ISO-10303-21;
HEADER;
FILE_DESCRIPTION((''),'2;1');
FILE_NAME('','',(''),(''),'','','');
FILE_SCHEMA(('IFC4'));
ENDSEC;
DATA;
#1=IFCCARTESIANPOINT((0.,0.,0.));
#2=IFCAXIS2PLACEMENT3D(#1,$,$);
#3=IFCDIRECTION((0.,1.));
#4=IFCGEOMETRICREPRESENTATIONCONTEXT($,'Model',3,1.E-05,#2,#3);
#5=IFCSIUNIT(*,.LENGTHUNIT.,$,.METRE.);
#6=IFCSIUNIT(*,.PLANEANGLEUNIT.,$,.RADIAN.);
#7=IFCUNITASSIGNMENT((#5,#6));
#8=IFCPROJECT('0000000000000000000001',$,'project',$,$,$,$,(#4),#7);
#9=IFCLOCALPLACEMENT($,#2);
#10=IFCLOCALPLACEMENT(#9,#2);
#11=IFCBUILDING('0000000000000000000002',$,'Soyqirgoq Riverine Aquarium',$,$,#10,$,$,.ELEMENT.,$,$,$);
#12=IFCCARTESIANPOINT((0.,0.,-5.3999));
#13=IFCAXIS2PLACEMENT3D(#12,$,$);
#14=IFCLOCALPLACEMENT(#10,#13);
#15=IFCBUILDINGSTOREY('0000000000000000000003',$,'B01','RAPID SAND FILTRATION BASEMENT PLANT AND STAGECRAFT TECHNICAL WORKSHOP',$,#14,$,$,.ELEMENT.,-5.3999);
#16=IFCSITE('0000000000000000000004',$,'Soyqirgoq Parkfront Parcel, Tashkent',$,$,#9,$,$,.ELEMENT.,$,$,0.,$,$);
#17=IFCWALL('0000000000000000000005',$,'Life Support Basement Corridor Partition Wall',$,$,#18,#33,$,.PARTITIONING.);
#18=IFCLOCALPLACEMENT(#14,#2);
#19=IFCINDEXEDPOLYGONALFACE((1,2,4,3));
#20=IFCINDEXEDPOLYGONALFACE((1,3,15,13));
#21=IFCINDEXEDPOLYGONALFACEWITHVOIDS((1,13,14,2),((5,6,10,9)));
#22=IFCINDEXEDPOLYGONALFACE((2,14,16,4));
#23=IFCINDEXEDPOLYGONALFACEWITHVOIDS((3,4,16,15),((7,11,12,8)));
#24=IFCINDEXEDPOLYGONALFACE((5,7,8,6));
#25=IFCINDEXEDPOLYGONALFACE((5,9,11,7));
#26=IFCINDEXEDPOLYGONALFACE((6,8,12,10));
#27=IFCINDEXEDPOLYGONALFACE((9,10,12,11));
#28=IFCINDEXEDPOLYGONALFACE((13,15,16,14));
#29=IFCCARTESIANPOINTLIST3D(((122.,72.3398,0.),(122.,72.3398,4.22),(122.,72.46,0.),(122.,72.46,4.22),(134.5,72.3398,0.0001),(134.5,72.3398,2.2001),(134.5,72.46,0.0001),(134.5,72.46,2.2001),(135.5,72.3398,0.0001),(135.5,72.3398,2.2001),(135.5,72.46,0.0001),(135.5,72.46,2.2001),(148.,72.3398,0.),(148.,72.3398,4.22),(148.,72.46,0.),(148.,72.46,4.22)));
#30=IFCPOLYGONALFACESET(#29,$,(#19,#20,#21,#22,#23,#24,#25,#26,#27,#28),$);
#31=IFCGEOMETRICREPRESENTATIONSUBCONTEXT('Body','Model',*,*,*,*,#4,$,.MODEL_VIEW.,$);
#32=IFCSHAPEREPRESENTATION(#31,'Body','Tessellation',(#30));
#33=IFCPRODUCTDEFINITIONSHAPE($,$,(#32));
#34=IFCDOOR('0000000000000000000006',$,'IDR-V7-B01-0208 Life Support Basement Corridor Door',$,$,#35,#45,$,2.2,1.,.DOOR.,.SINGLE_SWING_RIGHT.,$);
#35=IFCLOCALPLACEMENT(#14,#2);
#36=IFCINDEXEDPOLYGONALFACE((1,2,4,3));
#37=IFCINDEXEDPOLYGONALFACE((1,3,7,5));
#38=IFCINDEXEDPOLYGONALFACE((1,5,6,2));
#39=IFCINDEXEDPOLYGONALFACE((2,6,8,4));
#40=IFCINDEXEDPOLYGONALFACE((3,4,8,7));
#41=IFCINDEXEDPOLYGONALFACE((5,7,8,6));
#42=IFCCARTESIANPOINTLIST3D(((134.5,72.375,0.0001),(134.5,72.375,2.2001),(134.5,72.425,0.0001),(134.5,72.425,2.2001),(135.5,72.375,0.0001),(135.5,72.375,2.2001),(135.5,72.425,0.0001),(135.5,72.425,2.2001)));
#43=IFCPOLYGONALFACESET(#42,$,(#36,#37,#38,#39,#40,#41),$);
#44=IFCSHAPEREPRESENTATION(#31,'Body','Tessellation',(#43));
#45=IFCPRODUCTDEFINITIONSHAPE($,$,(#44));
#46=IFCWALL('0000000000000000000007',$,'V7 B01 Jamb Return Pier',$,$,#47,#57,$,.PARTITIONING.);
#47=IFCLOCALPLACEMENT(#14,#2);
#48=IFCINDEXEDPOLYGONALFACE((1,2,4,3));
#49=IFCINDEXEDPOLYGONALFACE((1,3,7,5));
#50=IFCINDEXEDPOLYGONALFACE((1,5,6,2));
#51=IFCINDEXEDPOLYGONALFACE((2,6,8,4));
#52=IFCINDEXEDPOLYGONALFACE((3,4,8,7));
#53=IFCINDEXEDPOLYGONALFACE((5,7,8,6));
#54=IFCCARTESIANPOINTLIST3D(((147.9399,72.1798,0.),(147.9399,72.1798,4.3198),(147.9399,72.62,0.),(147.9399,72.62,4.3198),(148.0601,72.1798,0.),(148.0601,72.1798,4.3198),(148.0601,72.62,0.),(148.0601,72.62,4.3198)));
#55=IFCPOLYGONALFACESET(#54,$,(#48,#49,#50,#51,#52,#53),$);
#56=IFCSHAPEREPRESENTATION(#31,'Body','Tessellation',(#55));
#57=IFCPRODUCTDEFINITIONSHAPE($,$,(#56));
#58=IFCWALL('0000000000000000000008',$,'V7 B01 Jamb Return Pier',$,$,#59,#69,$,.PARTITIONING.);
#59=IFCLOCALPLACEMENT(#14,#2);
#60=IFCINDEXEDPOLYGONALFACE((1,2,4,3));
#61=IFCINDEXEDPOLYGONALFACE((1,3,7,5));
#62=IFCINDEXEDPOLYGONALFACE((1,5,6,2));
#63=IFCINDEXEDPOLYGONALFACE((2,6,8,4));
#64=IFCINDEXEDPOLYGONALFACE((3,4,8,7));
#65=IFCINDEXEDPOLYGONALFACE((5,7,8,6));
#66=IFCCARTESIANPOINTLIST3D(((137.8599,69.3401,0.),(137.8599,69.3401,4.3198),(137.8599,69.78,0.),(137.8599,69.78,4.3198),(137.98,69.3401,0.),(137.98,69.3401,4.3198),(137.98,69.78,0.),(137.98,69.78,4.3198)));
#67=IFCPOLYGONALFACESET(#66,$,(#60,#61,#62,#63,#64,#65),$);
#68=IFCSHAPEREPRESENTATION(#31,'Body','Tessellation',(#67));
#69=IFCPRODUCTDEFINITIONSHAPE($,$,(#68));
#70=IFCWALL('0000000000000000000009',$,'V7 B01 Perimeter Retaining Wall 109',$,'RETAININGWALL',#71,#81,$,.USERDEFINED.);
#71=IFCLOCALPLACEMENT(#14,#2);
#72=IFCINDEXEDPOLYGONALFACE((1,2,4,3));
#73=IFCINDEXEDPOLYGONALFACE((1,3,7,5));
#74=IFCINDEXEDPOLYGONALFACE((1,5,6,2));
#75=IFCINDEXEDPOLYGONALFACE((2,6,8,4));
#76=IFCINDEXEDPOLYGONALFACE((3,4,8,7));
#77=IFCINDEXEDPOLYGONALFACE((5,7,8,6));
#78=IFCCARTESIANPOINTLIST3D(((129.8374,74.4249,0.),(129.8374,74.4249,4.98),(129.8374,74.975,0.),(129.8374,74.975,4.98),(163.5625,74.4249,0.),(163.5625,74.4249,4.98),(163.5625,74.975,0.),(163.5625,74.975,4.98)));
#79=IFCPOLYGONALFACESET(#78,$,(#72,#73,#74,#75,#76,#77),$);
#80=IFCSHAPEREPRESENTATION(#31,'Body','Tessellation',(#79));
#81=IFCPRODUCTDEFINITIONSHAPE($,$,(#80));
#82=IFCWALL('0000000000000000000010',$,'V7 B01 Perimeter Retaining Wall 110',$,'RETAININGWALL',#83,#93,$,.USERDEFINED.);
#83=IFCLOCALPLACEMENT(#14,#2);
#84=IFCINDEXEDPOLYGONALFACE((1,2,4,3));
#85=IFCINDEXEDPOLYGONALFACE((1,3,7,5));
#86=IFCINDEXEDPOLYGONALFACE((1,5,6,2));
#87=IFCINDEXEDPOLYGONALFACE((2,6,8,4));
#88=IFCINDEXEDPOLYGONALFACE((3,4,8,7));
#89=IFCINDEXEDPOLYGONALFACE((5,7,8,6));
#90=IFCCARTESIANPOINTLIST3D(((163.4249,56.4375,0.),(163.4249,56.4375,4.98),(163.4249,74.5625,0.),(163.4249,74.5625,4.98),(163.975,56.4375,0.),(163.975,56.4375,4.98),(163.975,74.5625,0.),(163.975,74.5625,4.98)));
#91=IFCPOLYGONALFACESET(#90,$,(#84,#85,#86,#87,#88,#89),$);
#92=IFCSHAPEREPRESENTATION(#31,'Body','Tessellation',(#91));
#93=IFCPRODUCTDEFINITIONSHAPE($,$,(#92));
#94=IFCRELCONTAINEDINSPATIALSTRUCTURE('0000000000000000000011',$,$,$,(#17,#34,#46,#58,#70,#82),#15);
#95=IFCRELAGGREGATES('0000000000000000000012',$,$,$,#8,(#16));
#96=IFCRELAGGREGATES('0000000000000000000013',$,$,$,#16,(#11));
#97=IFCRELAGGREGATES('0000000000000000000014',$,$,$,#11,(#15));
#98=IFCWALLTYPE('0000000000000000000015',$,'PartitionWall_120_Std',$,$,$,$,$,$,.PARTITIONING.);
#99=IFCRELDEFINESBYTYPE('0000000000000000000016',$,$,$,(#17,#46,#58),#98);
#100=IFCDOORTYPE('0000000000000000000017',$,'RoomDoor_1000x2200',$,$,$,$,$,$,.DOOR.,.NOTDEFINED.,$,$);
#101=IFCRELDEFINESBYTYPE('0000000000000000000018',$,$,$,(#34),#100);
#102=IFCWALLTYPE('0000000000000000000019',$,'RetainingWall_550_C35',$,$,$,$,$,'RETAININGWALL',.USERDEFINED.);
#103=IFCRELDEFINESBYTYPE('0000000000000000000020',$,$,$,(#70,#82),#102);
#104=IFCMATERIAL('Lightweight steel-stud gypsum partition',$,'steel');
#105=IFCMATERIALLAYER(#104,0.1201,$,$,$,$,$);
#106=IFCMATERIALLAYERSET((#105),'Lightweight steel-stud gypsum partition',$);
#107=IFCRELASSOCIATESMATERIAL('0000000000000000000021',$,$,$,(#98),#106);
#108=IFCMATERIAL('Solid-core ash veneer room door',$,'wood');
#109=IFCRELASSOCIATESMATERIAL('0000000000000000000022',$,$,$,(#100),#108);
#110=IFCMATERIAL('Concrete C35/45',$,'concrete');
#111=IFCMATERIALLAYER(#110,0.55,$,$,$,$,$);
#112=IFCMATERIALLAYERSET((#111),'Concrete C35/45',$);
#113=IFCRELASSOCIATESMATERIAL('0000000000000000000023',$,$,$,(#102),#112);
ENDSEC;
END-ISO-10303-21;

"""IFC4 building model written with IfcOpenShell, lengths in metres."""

from ifc_helpers import new_model, si_unit, direction, frame, frame_2d, origin, place, context, subcontext, project, spatial, rectangle, extrude, material, layer, layer_set, type_object, element, fill, save


model = new_model("IFC4")

# Units and contexts
model_context = context("Model", 3, precision=1e-05, world=origin(), true_north=direction((0.0, 1.0)))
body_context = subcontext(model_context, "Body", "Model", "MODEL_VIEW")
ifc_project = project(units=[si_unit("LENGTHUNIT", "METRE"), si_unit("PLANEANGLEUNIT", "RADIAN")], contexts=[model_context])

# Site, building, storey
site_placement = place(None, origin())
site = spatial("IfcSite", under=ifc_project, at=site_placement, Name="Soyqirgoq Parkfront Parcel, Tashkent", CompositionType="ELEMENT", RefElevation=0.0)
building_placement = place(site_placement, origin())
building = spatial("IfcBuilding", under=site, at=building_placement, Name="Soyqirgoq Riverine Aquarium", CompositionType="ELEMENT")
storey_placement = place(building_placement, frame((0.0, 0.0, -5.3999)))
storey = spatial("IfcBuildingStorey", under=building, at=storey_placement, Name="B01", Description="RAPID SAND FILTRATION BASEMENT PLANT AND STAGECRAFT TECHNICAL WORKSHOP", CompositionType="ELEMENT", Elevation=-5.3999)

# Wall, opening, door
ifc_material_1 = material(Name="Lightweight steel-stud gypsum partition", Category="steel")
ifc_layer_1 = layer(ifc_material_1, 0.1201)
ifc_layer_set_1 = layer_set([ifc_layer_1], Name="Lightweight steel-stud gypsum partition")
wall_type_1 = type_object("IfcWallType", Name="PartitionWall_120_Std", PredefinedType="PARTITIONING", material=ifc_layer_set_1)
wall_1_placement = place(storey_placement, frame((148.0, 72.3999, 0.0), z_axis=(0.0, 0.0, 1.0), x_axis=(-1.0, 0.0, 0.0)))
wall_1 = element("IfcWall", 1, at=wall_1_placement, inside=storey, type_object=wall_type_1, Name="Life Support Basement Corridor Partition Wall", PredefinedType="PARTITIONING", context=body_context, shape_type="SweptSolid", body=[
    extrude(rectangle(XDim=26.0, YDim=0.1201, at=frame_2d((13.0, 0.0))), origin(), (0.0, 0.0, 1.0), 4.22),
])
opening_placement = place(wall_1_placement, frame((12.5, 0.0, 0.0)))
opening = element("IfcOpeningElement", 2, at=opening_placement, cuts=wall_1, PredefinedType="OPENING", context=body_context, shape_type="SweptSolid", body=[
    extrude(rectangle(XDim=1.0, YDim=2.2, at=frame_2d((0.5, 1.1001))), frame((0.0, 0.0701, 0.0), z_axis=(0.0, -1.0, 0.0), x_axis=(1.0, 0.0, 0.0)), (0.0, 0.0, 1.0), 0.1401),
])
ifc_material_2 = material(Name="Solid-core ash veneer room door", Category="wood")
door_type = type_object("IfcDoorType", Name="RoomDoor_1000x2200", OperationType="NOTDEFINED", PredefinedType="DOOR", material=ifc_material_2)
door_placement = place(opening_placement, origin())
door = element("IfcDoor", 3, at=door_placement, inside=storey, type_object=door_type, Name="IDR-V7-B01-0208 Life Support Basement Corridor Door", OperationType="SINGLE_SWING_RIGHT", OverallHeight=2.2, OverallWidth=1.0, PredefinedType="DOOR", context=body_context, shape_type="SweptSolid", body=[
    extrude(rectangle(XDim=1.0, YDim=2.2, at=frame_2d((0.5, 1.1001))), frame((0.0, 0.0249, 0.0), z_axis=(0.0, -1.0, 0.0), x_axis=(1.0, 0.0, 0.0)), (0.0, 0.0, 1.0), 0.05),
])
fill(opening, door)

# Walls
wall_2_placement = place(storey_placement, frame((148.0, 72.6201, 0.0), z_axis=(0.0, 0.0, 1.0), x_axis=(0.0, -1.0, 0.0)))
element("IfcWall", 4, at=wall_2_placement, inside=storey, type_object=wall_type_1, Name="V7 B01 Jamb Return Pier", PredefinedType="PARTITIONING", context=body_context, shape_type="SweptSolid", body=[
    extrude(rectangle(XDim=0.4402, YDim=0.1201, at=frame_2d((0.2202, 0.0))), origin(), (0.0, 0.0, 1.0), 4.3198),
])
wall_3_placement = place(storey_placement, frame((137.9199, 69.78, 0.0), z_axis=(0.0, 0.0, 1.0), x_axis=(0.0, -1.0, 0.0)))
element("IfcWall", 5, at=wall_3_placement, inside=storey, type_object=wall_type_1, Name="V7 B01 Jamb Return Pier", PredefinedType="PARTITIONING", context=body_context, shape_type="SweptSolid", body=[
    extrude(rectangle(XDim=0.4399, YDim=0.1201, at=frame_2d((0.22, 0.0))), origin(), (0.0, 0.0, 1.0), 4.3198),
])
ifc_material_3 = material(Name="Concrete C35/45", Category="concrete")
ifc_layer_2 = layer(ifc_material_3, 0.55)
ifc_layer_set_2 = layer_set([ifc_layer_2], Name="Concrete C35/45")
wall_type_2 = type_object("IfcWallType", Name="RetainingWall_550_C35", ElementType="RETAININGWALL", PredefinedType="USERDEFINED", material=ifc_layer_set_2)
wall_4_placement = place(storey_placement, frame((129.8374, 74.7, 0.0), z_axis=(0.0, 0.0, 1.0), x_axis=(1.0, 0.0, 0.0)))
element("IfcWall", 6, at=wall_4_placement, inside=storey, type_object=wall_type_2, Name="V7 B01 Perimeter Retaining Wall 109", ObjectType="RETAININGWALL", PredefinedType="USERDEFINED", context=body_context, shape_type="SweptSolid", body=[
    extrude(rectangle(XDim=33.7251, YDim=0.55, at=frame_2d((16.8625, 0.0))), origin(), (0.0, 0.0, 1.0), 4.98),
])
wall_5_placement = place(storey_placement, frame((163.7, 74.5625, 0.0), z_axis=(0.0, 0.0, 1.0), x_axis=(0.0, -1.0, 0.0)))
element("IfcWall", 7, at=wall_5_placement, inside=storey, type_object=wall_type_2, Name="V7 B01 Perimeter Retaining Wall 110", ObjectType="RETAININGWALL", PredefinedType="USERDEFINED", context=body_context, shape_type="SweptSolid", body=[
    extrude(rectangle(XDim=18.125, YDim=0.55, at=frame_2d((9.0625, 0.0))), origin(), (0.0, 0.0, 1.0), 4.98),
])

save(model, "model.ifc")
